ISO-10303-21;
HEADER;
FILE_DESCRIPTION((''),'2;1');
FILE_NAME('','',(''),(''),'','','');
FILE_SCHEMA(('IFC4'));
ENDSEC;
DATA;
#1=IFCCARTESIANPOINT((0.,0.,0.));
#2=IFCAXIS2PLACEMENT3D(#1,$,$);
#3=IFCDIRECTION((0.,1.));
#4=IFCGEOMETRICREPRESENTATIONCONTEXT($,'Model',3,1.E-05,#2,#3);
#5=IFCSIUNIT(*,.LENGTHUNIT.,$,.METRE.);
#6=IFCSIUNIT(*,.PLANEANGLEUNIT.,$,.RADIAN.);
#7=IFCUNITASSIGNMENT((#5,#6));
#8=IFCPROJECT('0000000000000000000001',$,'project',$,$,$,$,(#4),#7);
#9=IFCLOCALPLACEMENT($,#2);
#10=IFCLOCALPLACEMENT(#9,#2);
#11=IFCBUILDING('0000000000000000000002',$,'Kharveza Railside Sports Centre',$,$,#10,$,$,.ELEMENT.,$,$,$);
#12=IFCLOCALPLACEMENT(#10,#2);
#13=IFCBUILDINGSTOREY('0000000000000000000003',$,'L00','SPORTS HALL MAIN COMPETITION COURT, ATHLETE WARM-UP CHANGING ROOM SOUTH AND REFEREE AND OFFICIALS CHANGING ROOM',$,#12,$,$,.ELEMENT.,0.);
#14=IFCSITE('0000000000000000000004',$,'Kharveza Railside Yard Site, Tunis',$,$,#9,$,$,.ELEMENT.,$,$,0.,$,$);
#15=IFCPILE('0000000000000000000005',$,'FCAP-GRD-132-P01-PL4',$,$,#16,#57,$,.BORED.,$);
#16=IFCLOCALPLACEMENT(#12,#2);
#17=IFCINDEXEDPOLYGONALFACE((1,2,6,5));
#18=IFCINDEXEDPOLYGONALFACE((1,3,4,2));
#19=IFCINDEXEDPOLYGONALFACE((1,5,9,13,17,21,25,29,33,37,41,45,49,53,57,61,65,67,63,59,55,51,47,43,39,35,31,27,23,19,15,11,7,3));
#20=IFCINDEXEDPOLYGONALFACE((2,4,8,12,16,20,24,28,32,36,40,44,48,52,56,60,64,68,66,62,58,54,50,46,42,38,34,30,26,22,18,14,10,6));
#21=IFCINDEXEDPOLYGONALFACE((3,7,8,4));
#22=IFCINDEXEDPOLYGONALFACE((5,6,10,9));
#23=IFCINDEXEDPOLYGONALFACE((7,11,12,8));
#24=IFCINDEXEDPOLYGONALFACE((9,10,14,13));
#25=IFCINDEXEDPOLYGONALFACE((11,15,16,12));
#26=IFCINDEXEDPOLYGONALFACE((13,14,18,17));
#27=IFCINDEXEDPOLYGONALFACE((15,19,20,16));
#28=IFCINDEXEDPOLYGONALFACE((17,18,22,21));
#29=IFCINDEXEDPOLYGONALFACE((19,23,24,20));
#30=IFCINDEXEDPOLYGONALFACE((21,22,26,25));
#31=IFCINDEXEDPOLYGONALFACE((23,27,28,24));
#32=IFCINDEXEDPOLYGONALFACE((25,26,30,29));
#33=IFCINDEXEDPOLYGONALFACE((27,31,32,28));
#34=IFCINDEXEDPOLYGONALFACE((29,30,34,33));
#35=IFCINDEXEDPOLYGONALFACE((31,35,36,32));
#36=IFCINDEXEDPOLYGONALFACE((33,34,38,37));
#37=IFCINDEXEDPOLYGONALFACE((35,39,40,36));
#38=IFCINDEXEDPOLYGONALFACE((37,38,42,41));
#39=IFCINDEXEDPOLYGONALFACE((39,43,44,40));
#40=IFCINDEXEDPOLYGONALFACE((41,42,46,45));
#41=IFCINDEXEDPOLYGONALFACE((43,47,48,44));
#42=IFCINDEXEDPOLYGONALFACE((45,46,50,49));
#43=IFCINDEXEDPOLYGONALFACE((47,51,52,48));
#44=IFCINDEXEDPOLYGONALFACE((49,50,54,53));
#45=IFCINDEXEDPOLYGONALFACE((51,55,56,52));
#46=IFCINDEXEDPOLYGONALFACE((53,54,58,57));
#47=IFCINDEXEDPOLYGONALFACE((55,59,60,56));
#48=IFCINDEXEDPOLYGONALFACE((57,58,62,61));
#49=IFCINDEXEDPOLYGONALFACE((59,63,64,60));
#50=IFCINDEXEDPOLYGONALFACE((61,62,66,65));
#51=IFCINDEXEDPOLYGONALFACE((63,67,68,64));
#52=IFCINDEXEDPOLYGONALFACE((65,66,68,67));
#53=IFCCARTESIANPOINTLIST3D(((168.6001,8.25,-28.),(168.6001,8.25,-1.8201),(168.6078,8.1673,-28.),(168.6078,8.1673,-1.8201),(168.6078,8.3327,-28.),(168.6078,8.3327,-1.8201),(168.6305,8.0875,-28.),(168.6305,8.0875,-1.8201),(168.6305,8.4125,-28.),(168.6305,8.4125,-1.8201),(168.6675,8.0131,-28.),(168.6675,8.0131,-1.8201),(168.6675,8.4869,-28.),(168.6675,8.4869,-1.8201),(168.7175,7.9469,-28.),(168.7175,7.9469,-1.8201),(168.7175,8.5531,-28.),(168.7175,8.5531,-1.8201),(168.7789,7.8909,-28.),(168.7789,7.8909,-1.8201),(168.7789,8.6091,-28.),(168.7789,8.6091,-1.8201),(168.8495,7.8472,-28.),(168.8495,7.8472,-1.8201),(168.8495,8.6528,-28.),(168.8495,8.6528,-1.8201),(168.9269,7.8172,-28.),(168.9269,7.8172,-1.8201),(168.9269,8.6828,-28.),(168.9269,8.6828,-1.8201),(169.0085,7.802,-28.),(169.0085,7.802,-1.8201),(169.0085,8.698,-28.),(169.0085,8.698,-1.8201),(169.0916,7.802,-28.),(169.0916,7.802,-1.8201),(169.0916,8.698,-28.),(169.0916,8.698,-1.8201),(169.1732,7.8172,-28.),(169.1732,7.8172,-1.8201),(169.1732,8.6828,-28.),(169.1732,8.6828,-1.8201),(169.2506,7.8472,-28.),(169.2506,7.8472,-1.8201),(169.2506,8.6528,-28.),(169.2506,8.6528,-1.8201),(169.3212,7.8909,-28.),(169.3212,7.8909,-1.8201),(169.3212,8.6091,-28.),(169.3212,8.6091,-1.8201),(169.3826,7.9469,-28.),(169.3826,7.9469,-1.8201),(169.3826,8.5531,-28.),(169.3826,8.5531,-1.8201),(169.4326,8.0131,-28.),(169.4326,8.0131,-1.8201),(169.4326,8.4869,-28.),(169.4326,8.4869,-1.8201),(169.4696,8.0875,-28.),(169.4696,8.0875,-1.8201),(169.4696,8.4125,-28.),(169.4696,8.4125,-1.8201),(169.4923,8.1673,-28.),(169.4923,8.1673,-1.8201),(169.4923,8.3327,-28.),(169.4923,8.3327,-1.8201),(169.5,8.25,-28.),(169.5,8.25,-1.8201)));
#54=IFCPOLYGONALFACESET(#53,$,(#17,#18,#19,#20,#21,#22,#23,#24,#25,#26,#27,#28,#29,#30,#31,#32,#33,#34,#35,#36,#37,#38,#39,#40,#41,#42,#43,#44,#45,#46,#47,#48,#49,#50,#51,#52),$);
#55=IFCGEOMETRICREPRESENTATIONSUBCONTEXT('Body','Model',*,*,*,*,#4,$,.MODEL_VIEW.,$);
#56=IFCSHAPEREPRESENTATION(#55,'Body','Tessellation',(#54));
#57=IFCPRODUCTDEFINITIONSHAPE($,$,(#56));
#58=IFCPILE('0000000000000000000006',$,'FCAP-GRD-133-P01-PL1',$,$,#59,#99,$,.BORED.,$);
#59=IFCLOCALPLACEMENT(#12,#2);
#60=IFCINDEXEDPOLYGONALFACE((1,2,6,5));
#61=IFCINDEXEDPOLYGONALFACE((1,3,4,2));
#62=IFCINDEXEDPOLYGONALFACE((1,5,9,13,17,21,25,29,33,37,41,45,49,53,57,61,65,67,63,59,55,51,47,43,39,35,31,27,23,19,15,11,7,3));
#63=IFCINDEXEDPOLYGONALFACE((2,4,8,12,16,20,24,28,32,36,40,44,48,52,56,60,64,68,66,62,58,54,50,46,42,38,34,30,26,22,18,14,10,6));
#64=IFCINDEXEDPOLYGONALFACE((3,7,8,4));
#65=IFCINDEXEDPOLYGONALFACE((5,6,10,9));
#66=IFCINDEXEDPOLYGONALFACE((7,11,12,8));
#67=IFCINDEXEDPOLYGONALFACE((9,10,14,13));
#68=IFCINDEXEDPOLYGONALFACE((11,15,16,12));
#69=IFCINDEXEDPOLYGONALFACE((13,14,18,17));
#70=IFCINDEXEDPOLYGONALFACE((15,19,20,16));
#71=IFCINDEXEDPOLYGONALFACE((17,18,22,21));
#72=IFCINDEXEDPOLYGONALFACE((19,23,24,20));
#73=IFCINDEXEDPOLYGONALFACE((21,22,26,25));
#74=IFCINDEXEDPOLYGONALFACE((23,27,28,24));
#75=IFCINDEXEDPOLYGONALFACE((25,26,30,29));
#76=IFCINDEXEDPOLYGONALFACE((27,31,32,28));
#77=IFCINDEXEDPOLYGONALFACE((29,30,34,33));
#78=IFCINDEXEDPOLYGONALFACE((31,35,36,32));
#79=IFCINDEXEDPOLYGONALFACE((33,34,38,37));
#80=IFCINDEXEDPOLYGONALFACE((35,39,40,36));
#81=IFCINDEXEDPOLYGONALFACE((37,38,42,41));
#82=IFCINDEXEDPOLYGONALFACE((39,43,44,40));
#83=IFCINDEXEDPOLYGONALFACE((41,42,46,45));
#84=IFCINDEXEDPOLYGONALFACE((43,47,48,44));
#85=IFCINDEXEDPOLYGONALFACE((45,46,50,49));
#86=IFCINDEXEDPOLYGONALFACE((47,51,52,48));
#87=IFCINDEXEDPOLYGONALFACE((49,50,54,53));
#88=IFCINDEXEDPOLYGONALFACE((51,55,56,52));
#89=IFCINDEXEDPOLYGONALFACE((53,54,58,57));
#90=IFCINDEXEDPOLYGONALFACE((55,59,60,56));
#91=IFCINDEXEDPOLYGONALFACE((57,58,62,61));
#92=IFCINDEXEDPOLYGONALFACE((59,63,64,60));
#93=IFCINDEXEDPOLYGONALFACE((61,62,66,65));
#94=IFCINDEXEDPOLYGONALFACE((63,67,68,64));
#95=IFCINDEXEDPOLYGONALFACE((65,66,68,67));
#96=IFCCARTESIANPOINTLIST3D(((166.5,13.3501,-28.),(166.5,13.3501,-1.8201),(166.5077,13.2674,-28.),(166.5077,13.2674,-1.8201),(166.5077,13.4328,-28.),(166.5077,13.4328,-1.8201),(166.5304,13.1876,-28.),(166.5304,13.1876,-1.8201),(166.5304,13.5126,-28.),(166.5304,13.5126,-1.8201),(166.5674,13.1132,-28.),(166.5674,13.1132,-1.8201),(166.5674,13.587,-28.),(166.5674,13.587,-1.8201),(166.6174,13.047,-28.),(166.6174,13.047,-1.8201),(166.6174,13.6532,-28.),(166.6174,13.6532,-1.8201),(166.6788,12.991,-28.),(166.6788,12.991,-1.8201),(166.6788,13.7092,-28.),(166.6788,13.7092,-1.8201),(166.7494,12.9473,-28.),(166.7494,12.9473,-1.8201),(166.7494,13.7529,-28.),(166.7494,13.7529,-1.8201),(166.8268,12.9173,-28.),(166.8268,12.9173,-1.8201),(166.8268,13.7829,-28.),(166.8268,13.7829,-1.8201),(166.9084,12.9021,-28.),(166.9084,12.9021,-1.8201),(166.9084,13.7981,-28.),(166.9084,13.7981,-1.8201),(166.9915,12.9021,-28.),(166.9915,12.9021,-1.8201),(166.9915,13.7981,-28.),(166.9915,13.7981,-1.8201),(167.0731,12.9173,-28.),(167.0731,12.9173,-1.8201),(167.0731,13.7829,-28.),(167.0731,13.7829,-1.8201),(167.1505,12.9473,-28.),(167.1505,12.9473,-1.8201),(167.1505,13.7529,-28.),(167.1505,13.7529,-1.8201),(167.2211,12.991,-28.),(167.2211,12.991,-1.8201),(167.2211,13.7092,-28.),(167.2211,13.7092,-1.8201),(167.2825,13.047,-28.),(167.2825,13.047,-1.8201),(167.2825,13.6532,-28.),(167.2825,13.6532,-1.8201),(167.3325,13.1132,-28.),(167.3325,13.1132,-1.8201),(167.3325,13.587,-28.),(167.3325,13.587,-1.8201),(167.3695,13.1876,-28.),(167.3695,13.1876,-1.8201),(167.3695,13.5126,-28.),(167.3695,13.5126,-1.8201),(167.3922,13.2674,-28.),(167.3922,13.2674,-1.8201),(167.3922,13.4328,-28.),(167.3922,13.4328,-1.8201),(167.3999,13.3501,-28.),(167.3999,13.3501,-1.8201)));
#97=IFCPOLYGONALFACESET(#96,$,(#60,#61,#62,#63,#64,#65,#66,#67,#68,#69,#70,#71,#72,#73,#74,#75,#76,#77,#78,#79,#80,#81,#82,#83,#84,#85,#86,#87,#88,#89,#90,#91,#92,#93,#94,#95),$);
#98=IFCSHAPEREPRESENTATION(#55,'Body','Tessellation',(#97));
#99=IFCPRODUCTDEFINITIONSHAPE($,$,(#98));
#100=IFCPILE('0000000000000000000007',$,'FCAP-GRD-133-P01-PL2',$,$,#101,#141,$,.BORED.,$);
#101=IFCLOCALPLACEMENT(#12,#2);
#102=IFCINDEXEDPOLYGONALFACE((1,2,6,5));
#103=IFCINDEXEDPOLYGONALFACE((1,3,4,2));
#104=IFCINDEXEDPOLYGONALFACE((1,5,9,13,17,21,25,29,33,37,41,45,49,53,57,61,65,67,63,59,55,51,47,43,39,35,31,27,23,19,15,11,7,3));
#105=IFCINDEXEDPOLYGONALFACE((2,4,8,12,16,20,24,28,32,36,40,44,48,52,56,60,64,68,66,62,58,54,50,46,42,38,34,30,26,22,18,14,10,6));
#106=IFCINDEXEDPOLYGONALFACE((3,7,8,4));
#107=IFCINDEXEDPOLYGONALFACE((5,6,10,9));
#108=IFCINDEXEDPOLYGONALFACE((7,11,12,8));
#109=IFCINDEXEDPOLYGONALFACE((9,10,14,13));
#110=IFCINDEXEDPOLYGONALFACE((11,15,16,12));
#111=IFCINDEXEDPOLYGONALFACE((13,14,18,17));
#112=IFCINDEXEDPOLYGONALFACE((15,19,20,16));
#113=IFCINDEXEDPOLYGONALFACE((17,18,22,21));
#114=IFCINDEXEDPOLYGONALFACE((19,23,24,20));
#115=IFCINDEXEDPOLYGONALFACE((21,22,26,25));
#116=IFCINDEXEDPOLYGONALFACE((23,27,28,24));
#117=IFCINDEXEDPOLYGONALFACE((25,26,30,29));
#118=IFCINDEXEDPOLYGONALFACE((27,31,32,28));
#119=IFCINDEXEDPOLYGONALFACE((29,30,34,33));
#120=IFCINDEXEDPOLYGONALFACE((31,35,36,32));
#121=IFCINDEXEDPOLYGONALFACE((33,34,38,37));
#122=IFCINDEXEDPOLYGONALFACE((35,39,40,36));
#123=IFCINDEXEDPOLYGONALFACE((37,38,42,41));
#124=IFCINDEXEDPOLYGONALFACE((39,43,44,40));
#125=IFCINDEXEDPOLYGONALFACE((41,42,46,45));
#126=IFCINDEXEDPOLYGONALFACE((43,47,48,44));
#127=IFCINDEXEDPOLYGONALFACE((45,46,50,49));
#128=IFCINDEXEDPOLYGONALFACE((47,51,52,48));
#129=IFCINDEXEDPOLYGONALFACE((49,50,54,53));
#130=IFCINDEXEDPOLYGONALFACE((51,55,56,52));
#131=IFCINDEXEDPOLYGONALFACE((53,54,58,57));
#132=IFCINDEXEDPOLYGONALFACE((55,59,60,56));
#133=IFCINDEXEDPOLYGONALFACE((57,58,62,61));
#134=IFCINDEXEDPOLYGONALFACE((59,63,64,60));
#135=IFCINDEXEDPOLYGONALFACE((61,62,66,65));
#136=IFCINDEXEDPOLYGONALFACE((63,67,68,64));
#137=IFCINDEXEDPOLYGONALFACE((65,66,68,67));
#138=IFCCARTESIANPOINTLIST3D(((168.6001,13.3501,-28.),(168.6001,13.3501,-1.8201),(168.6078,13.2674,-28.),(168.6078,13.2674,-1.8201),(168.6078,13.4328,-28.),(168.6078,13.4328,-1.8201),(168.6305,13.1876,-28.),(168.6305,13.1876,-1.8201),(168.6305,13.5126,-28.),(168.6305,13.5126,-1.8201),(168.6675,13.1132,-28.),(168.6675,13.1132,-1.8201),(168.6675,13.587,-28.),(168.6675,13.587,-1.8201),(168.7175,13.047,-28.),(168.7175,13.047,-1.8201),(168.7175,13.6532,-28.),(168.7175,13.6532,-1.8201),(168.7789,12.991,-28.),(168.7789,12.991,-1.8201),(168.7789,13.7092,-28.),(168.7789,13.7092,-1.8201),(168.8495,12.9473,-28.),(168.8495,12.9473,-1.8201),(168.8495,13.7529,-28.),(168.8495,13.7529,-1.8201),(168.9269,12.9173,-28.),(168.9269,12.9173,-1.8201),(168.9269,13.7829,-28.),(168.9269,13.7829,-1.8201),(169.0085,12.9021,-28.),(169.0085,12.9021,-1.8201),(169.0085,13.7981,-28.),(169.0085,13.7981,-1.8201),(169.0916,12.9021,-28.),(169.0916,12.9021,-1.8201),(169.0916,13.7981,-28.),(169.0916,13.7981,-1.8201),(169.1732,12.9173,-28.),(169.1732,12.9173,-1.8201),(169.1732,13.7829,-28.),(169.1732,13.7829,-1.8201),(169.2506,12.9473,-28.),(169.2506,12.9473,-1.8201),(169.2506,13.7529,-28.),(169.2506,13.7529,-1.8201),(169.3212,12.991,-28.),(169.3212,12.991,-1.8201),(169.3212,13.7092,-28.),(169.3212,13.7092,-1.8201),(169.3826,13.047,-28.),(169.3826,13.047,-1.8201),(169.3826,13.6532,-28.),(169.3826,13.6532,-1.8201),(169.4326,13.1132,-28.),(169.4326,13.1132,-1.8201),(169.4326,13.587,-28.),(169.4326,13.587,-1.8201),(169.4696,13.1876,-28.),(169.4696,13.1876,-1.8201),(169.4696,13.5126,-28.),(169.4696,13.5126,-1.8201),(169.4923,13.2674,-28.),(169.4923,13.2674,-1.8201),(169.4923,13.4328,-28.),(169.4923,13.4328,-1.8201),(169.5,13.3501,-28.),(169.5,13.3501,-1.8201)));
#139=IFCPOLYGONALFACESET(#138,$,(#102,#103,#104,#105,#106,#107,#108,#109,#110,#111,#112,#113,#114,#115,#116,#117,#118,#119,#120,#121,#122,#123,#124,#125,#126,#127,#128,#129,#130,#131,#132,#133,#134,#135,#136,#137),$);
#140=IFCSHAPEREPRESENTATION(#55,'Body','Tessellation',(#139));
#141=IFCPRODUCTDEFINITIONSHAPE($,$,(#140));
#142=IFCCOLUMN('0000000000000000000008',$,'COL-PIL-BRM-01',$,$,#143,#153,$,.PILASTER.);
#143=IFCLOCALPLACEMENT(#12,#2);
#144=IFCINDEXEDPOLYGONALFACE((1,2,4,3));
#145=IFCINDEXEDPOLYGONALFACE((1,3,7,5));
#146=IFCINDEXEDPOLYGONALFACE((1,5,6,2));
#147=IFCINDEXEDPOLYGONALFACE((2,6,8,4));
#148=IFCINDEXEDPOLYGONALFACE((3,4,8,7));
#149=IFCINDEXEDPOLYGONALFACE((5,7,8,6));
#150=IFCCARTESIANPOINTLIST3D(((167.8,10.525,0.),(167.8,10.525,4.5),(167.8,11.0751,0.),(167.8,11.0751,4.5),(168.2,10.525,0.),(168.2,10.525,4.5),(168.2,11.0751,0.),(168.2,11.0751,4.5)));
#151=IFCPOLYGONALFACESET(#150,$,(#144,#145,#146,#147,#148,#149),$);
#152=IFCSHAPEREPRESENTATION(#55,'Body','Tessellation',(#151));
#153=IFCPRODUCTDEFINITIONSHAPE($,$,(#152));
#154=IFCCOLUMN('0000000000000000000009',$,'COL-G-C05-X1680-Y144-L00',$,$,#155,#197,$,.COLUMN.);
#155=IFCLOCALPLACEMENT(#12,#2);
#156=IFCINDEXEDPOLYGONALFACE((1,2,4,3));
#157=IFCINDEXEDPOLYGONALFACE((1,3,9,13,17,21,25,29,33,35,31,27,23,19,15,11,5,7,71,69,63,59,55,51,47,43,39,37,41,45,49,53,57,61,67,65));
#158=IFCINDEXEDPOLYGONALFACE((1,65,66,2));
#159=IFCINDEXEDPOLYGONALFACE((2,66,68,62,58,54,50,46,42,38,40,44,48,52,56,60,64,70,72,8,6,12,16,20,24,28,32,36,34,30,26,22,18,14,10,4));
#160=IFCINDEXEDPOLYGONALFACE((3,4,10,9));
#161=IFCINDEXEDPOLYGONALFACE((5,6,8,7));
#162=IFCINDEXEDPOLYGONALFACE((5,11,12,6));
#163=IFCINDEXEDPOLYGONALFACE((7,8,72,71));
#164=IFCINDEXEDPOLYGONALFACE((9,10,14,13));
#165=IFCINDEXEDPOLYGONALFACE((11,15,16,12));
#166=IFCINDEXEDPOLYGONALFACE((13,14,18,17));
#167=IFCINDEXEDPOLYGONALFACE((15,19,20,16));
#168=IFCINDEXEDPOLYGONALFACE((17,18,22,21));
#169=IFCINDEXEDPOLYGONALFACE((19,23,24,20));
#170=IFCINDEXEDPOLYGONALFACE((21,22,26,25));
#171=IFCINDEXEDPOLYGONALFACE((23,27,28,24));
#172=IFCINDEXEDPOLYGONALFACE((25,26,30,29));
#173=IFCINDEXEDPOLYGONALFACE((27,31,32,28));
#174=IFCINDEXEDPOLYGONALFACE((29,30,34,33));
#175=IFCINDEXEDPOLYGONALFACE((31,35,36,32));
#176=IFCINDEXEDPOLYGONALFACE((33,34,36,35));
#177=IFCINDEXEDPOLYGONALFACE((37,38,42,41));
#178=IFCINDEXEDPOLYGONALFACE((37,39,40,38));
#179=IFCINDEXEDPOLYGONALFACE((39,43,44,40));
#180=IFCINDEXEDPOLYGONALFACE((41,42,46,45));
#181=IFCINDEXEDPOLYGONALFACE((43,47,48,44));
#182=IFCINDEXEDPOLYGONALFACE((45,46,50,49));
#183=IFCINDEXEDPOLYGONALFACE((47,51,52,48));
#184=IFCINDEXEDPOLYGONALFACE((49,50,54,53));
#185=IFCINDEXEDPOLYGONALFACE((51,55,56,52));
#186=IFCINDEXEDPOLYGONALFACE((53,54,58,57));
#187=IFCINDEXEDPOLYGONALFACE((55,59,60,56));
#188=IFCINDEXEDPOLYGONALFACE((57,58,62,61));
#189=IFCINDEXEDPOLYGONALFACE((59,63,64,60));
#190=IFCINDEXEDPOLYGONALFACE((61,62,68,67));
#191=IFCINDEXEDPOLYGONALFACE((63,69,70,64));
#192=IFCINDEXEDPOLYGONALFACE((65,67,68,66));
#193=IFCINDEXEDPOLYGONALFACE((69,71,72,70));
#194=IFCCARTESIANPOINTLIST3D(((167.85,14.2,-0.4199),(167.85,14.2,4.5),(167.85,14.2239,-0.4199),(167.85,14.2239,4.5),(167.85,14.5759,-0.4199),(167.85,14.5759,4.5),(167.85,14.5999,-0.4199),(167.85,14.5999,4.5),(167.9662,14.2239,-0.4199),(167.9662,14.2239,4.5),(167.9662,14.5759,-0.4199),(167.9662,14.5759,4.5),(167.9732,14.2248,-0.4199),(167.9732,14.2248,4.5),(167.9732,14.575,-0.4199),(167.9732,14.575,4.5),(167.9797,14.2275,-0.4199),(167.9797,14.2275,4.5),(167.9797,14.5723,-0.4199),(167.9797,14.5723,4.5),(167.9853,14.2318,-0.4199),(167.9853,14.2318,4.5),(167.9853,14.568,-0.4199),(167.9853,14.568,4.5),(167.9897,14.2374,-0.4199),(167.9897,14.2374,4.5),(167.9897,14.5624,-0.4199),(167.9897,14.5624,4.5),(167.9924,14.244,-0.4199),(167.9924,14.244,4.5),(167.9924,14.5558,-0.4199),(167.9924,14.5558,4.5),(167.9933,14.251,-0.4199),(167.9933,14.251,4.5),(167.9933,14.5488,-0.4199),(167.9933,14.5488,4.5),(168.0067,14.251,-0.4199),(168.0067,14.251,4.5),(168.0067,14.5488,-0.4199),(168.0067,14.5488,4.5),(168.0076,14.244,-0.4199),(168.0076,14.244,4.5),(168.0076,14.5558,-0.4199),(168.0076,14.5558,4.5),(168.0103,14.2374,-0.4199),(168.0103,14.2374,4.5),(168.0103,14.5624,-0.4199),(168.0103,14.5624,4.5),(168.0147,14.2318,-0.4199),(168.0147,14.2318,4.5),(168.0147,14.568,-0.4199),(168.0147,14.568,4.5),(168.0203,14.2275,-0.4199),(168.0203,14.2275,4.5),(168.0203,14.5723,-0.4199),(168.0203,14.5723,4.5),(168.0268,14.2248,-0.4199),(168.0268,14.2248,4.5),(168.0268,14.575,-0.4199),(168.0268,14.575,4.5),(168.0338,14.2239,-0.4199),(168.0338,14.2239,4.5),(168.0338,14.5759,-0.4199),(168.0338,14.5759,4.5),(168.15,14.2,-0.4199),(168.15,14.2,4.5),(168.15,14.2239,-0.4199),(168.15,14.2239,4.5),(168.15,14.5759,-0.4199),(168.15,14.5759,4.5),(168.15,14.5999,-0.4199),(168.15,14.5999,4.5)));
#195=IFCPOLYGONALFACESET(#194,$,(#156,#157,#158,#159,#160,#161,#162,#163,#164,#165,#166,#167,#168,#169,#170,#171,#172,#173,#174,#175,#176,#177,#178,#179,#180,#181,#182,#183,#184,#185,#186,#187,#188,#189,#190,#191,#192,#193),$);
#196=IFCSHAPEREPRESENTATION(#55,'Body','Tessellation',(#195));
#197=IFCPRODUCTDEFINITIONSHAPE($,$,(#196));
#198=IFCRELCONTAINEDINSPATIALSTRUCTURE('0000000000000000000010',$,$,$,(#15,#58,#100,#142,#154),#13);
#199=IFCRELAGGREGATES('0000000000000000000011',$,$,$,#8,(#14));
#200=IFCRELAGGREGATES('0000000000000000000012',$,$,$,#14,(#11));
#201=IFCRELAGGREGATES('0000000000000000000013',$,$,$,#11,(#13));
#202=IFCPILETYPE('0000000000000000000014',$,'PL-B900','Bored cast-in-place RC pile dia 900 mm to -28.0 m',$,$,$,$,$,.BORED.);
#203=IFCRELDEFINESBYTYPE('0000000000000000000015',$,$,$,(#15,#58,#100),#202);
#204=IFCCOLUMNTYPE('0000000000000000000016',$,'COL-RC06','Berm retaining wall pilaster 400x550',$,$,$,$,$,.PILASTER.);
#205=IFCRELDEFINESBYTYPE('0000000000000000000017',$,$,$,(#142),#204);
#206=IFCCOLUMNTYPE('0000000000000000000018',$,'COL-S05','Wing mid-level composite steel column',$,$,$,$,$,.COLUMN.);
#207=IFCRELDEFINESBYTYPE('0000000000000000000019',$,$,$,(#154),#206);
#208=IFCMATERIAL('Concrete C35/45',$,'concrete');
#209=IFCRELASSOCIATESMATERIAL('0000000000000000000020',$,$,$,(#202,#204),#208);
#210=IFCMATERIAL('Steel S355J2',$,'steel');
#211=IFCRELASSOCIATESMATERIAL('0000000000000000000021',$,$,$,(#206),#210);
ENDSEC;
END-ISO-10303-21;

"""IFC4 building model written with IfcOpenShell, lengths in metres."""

from ifc_helpers import new_model, si_unit, direction, frame, origin, origin_2d, place, context, subcontext, project, spatial, rectangle, circle, i_section, extrude, material, material_profile, profile_set, type_object, element, save


model = new_model("IFC4")

# Units and contexts
model_context = context("Model", 3, precision=1e-05, world=origin(), true_north=direction((0.0, 1.0)))
body_context = subcontext(model_context, "Body", "Model", "MODEL_VIEW")
ifc_project = project(units=[si_unit("LENGTHUNIT", "METRE"), si_unit("PLANEANGLEUNIT", "RADIAN")], contexts=[model_context])

# Site, building, storey
site_placement = place(None, origin())
site = spatial("IfcSite", under=ifc_project, at=site_placement, Name="Kharveza Railside Yard Site, Tunis", CompositionType="ELEMENT", RefElevation=0.0)
building_placement = place(site_placement, origin())
building = spatial("IfcBuilding", under=site, at=building_placement, Name="Kharveza Railside Sports Centre", CompositionType="ELEMENT")
storey_placement = place(building_placement, origin())
storey = spatial("IfcBuildingStorey", under=building, at=storey_placement, Name="L00", Description="SPORTS HALL MAIN COMPETITION COURT, ATHLETE WARM-UP CHANGING ROOM SOUTH AND REFEREE AND OFFICIALS CHANGING ROOM", CompositionType="ELEMENT", Elevation=0.0)

# Shared definitions
ifc_material_1 = material(Name="Concrete C35/45", Category="concrete")

# Piles
ifc_material_profile_1 = material_profile(ifc_material_1, circle(Radius=0.45, at=origin_2d()), Name="PILE D900")
ifc_profile_set_1 = profile_set([ifc_material_profile_1], Name="Concrete C35/45")
pile_type = type_object("IfcPileType", Name="PL-B900", Description="Bored cast-in-place RC pile dia 900 mm to -28.0 m", PredefinedType="BORED", material=ifc_profile_set_1)
for number, where, z_axis, x_axis, name in (
    (1, (169.05, 8.25, -1.8201), (0.0, 0.0, -1.0), (1.0, 0.0, 0.0), "FCAP-GRD-132-P01-PL4"),
    (2, (166.95, 13.3501, -1.8201), (0.0, 0.0, -1.0), (1.0, 0.0, 0.0), "FCAP-GRD-133-P01-PL1"),
    (3, (169.05, 13.3501, -1.8201), (0.0, 0.0, -1.0), (1.0, 0.0, 0.0), "FCAP-GRD-133-P01-PL2"),
):
    element("IfcPile", number, at=place(storey_placement, frame(where, z_axis=z_axis, x_axis=x_axis)), inside=storey, type_object=pile_type, Name=name, PredefinedType="BORED", context=body_context, shape_type="SweptSolid", body=[
        extrude(circle(Radius=0.45, at=origin_2d()), origin(), (0.0, 0.0, 1.0), 26.1799),
    ])

# Columns
ifc_material_profile_2 = material_profile(ifc_material_1, rectangle(XDim=0.3999, YDim=0.55, at=origin_2d()), Name="RC 400x550")
ifc_profile_set_2 = profile_set([ifc_material_profile_2], Name="Concrete C35/45")
column_type_1 = type_object("IfcColumnType", Name="COL-RC06", Description="Berm retaining wall pilaster 400x550", PredefinedType="PILASTER", material=ifc_profile_set_2)
column_1_placement = place(storey_placement, frame((168.0, 10.8, 0.0), z_axis=(0.0, 0.0, 1.0), x_axis=(1.0, 0.0, 0.0)))
element("IfcColumn", 4, at=column_1_placement, inside=storey, type_object=column_type_1, Name="COL-PIL-BRM-01", PredefinedType="PILASTER", context=body_context, shape_type="SweptSolid", body=[
    extrude(rectangle(XDim=0.3999, YDim=0.55, at=origin_2d()), origin(), (0.0, 0.0, 1.0), 4.5),
])
ifc_material_2 = material(Name="Steel S355J2", Category="steel")
ifc_material_profile_3 = material_profile(ifc_material_2, i_section(OverallWidth=0.3, OverallDepth=0.3999, WebThickness=0.0134, FlangeThickness=0.0239, FilletRadius=0.0271, at=origin_2d()), Name="HEB 400")
ifc_profile_set_3 = profile_set([ifc_material_profile_3], Name="Steel S355J2")
column_type_2 = type_object("IfcColumnType", Name="COL-S05", Description="Wing mid-level composite steel column", PredefinedType="COLUMN", material=ifc_profile_set_3)
column_2_placement = place(storey_placement, frame((168.0, 14.3999, -0.4199), z_axis=(0.0, 0.0, 1.0), x_axis=(1.0, 0.0, 0.0)))
element("IfcColumn", 5, at=column_2_placement, inside=storey, type_object=column_type_2, Name="COL-G-C05-X1680-Y144-L00", PredefinedType="COLUMN", context=body_context, shape_type="SweptSolid", body=[
    extrude(i_section(OverallWidth=0.3, OverallDepth=0.3999, WebThickness=0.0134, FlangeThickness=0.0239, FilletRadius=0.0271, at=origin_2d()), origin(), (0.0, 0.0, 1.0), 4.9199),
])

save(model, "model.ifc")
